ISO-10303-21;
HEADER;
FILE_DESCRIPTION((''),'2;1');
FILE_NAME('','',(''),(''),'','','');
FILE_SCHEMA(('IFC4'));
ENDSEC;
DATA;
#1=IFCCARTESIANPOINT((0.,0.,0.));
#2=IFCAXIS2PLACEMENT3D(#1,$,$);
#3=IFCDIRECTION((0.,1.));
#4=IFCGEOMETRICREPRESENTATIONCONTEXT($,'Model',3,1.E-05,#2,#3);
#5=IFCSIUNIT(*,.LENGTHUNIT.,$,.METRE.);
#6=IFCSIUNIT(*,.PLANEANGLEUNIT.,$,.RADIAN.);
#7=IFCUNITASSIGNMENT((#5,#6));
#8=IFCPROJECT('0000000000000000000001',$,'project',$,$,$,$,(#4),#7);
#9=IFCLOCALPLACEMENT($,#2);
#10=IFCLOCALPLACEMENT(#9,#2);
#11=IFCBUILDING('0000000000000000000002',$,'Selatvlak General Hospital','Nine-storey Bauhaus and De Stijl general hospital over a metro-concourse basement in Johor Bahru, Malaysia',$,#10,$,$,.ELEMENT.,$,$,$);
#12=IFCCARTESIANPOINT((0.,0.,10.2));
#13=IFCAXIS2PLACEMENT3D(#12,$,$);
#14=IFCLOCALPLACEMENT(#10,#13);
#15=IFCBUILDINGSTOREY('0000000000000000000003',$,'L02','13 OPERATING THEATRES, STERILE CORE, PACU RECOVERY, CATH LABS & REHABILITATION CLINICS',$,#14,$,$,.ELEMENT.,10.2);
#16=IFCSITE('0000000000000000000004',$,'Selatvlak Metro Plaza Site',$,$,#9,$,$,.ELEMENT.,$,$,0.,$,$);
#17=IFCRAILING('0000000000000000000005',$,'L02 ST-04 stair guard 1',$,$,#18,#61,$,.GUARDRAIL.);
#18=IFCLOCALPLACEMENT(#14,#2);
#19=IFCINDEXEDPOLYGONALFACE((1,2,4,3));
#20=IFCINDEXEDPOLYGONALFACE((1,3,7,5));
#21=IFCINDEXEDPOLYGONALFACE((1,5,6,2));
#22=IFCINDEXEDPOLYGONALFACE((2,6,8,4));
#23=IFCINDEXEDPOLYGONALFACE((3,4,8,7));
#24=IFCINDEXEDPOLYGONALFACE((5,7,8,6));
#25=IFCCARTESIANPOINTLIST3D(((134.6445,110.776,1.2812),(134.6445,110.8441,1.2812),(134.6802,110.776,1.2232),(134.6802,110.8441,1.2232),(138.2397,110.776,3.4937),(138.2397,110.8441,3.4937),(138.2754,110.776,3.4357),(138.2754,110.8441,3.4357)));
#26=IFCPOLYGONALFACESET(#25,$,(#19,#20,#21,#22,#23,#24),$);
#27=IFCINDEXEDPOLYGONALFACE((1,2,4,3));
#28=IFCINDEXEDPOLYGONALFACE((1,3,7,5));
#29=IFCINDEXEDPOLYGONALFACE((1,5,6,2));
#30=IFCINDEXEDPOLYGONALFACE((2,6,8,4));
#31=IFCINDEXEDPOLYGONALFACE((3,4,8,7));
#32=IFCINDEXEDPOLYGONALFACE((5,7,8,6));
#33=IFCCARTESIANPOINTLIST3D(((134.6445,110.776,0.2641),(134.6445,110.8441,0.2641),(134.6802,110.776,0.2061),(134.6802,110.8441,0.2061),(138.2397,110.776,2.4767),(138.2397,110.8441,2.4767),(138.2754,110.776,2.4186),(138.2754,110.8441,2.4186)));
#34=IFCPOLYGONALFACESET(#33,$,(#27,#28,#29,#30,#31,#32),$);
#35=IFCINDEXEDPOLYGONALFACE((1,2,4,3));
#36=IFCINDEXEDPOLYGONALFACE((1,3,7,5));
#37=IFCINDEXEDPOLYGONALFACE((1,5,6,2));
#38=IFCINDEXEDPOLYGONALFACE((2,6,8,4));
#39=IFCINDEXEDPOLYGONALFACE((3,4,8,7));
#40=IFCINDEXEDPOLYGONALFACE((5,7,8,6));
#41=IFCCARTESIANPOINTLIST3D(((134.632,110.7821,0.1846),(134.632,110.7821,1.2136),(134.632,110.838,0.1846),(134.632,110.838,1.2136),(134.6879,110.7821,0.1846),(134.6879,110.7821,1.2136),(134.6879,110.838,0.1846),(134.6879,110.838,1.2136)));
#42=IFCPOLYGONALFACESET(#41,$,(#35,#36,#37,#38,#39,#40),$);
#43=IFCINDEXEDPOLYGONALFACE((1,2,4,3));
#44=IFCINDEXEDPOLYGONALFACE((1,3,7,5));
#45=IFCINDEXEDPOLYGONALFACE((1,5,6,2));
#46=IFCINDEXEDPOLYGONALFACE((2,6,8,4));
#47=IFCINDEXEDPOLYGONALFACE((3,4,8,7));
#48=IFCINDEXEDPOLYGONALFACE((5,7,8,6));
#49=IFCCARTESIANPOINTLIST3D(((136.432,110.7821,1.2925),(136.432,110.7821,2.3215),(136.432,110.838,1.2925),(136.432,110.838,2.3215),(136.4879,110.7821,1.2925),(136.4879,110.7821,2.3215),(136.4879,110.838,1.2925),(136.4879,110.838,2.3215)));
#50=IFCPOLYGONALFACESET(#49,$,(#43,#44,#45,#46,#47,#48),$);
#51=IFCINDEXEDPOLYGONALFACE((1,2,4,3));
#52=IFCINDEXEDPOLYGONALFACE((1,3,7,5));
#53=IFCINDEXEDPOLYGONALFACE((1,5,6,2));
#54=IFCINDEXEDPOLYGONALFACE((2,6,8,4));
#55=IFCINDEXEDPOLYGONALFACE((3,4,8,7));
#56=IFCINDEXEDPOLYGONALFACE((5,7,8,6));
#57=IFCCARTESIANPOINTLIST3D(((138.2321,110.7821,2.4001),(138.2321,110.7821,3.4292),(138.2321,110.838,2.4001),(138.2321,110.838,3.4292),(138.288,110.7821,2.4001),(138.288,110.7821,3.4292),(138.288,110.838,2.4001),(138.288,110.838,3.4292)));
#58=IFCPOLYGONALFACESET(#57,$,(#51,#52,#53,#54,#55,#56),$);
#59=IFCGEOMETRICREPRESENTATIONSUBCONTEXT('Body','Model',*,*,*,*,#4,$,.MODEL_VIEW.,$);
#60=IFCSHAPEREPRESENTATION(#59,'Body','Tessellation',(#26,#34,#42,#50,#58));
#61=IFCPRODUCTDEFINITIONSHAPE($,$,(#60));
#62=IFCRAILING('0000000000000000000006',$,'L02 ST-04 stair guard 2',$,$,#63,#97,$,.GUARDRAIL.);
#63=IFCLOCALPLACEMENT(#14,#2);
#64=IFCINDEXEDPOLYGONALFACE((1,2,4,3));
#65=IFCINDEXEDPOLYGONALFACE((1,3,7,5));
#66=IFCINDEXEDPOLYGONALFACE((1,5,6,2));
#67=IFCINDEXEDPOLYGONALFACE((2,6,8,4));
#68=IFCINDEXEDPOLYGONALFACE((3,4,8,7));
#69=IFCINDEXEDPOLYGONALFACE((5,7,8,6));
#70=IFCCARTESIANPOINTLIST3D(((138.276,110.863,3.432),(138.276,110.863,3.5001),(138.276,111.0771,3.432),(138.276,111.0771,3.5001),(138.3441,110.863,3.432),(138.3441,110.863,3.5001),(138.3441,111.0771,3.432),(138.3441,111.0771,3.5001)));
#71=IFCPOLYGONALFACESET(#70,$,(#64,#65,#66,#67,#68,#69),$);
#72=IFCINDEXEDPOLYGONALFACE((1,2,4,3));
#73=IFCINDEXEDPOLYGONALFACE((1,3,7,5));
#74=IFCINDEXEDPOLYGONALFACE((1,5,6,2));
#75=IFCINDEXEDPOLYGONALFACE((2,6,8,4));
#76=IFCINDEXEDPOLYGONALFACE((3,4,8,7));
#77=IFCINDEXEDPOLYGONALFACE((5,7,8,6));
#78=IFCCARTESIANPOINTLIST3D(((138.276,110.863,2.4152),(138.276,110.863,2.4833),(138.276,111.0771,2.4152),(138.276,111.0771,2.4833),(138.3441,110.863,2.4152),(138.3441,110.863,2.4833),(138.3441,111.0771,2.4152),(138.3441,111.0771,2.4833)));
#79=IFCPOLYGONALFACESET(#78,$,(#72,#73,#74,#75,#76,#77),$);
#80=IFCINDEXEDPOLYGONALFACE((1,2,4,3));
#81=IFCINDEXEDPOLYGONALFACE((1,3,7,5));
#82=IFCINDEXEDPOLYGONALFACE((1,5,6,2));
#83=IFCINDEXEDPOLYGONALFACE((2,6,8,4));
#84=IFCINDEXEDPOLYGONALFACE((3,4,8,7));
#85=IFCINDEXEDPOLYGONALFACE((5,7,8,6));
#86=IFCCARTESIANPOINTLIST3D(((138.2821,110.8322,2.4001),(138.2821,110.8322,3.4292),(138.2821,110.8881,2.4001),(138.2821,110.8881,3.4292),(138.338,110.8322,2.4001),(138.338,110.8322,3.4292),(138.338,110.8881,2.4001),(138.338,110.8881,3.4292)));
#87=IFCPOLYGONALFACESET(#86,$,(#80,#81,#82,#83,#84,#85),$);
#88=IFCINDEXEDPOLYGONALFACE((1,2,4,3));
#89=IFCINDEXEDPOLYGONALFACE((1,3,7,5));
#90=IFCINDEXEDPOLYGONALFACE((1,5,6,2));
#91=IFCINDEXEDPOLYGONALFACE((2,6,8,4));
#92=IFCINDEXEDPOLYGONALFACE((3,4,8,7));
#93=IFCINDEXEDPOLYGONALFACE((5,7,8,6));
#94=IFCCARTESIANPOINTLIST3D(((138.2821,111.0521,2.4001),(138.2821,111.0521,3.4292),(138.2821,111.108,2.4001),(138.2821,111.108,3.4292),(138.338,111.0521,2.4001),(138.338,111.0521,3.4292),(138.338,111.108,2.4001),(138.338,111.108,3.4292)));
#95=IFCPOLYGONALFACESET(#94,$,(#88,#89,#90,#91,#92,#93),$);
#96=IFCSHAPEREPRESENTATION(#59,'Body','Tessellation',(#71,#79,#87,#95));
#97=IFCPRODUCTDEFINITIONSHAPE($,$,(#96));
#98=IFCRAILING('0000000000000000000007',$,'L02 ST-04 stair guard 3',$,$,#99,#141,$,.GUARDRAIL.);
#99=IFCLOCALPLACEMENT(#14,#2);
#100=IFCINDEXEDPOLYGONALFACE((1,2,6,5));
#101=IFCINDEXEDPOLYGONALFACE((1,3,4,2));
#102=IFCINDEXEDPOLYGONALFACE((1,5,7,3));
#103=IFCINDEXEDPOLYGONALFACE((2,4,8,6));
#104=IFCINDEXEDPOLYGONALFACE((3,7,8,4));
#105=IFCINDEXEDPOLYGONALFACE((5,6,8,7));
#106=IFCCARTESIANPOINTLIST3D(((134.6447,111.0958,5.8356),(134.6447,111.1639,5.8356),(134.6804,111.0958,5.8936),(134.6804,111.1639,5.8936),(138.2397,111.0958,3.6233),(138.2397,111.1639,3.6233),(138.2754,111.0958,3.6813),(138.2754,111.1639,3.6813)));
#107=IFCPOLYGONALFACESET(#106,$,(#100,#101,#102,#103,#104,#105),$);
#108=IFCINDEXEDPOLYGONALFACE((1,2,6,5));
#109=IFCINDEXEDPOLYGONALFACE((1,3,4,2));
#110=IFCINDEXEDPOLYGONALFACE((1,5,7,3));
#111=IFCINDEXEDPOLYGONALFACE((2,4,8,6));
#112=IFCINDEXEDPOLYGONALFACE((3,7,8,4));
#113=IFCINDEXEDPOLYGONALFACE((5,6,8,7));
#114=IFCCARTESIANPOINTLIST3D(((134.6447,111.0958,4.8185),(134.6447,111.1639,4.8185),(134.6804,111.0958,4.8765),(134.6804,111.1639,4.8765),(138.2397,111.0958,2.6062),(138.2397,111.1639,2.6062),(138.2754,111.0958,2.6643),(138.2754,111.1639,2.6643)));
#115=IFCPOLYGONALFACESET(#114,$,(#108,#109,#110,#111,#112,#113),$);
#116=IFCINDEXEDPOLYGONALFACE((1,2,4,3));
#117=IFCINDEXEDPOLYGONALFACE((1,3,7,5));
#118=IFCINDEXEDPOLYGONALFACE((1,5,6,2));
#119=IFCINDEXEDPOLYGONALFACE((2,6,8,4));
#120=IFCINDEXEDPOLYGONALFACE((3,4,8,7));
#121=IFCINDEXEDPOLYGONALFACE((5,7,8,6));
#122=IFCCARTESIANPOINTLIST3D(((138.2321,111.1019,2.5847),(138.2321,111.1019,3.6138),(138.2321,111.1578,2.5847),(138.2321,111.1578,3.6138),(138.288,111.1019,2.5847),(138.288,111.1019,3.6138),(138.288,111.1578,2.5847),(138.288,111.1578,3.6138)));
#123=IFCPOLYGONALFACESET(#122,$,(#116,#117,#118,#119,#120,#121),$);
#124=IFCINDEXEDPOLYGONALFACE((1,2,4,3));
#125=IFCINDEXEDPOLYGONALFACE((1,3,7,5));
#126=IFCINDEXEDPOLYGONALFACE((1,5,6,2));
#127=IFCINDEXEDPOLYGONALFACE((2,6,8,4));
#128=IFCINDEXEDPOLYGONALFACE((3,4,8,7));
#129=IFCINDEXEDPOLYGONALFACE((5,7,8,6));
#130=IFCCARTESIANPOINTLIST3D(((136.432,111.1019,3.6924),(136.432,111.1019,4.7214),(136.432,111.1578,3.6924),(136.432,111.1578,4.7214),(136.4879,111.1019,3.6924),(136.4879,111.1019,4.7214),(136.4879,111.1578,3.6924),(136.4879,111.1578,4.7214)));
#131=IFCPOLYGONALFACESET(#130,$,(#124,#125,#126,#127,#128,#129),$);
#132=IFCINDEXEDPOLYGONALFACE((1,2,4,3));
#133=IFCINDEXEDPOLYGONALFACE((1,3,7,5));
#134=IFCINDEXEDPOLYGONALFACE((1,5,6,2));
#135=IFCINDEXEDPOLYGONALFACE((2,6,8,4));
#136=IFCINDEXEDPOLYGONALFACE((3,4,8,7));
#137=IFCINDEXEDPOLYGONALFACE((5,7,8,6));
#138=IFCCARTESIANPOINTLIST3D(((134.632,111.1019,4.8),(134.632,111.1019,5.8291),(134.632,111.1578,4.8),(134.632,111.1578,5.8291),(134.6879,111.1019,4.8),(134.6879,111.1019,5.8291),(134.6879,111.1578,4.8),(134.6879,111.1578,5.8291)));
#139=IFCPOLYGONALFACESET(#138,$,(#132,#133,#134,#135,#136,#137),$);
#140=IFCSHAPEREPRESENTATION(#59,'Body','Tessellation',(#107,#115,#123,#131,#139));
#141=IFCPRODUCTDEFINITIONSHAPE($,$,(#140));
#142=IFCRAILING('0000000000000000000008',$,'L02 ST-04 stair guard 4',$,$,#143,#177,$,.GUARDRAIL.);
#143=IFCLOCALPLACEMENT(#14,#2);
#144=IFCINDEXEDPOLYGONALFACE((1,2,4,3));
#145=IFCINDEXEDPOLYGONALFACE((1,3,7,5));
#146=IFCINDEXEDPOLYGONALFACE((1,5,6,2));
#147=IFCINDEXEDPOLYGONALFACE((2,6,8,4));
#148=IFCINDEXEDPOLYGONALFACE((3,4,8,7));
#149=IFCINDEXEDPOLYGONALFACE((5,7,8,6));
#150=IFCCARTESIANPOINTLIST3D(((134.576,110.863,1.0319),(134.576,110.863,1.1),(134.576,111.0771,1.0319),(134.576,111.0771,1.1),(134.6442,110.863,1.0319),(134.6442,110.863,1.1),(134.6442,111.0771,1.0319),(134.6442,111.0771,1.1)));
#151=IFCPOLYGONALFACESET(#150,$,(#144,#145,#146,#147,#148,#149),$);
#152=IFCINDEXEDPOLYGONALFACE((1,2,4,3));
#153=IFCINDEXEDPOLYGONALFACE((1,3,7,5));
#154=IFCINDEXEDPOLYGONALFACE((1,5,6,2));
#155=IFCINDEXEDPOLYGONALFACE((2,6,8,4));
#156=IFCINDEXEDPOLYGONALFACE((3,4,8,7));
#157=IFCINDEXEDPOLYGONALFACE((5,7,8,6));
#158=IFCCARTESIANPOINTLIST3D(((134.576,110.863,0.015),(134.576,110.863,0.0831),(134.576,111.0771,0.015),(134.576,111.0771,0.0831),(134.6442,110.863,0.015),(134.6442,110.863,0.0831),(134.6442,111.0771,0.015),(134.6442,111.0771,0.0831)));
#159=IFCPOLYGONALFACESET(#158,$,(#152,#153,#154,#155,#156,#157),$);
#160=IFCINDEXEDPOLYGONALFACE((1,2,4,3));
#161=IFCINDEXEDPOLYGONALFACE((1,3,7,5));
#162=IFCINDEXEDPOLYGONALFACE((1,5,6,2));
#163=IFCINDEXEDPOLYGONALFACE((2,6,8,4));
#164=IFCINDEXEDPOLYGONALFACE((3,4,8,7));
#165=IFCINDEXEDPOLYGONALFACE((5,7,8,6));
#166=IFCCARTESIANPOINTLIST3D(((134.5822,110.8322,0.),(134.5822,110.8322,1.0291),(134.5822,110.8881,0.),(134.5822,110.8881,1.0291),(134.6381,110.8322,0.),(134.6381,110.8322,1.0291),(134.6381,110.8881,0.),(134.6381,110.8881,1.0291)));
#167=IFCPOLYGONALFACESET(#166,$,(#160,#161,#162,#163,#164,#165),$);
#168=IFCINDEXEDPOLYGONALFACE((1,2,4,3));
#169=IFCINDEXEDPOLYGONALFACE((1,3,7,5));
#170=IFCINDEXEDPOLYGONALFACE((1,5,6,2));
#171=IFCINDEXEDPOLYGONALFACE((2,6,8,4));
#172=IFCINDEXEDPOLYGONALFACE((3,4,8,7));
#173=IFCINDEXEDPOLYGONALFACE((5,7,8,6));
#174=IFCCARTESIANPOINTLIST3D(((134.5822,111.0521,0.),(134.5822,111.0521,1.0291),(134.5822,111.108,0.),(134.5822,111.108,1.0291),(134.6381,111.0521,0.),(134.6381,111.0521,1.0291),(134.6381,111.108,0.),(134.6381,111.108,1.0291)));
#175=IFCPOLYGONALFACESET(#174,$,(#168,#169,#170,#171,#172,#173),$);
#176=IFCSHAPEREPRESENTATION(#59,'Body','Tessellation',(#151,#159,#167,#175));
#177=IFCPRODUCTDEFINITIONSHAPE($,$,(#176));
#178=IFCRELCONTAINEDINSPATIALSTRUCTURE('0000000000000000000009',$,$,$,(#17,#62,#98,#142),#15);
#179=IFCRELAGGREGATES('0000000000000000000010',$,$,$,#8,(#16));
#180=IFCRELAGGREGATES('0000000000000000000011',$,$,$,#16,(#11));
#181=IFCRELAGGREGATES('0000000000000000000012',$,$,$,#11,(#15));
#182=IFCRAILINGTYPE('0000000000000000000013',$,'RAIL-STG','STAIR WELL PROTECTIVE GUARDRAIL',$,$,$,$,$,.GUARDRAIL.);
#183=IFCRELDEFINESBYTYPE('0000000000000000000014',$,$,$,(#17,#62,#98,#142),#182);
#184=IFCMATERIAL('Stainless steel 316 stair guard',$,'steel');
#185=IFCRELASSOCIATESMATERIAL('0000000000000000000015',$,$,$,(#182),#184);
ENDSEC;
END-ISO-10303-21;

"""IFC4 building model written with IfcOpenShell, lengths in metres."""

from ifc_helpers import new_model, si_unit, direction, frame, origin, origin_2d, place, context, subcontext, project, spatial, rectangle, extrude, material, type_object, element, save


model = new_model("IFC4")

# Units and contexts
model_context = context("Model", 3, precision=1e-05, world=origin(), true_north=direction((0.0, 1.0)))
body_context = subcontext(model_context, "Body", "Model", "MODEL_VIEW")
ifc_project = project(units=[si_unit("LENGTHUNIT", "METRE"), si_unit("PLANEANGLEUNIT", "RADIAN")], contexts=[model_context])

# Site, building, storey
site_placement = place(None, origin())
site = spatial("IfcSite", under=ifc_project, at=site_placement, Name="Selatvlak Metro Plaza Site", CompositionType="ELEMENT", RefElevation=0.0)
building_placement = place(site_placement, origin())
building = spatial("IfcBuilding", under=site, at=building_placement, Name="Selatvlak General Hospital", Description="Nine-storey Bauhaus and De Stijl general hospital over a metro-concourse basement in Johor Bahru, Malaysia", CompositionType="ELEMENT")
storey_placement = place(building_placement, frame((0.0, 0.0, 10.2)))
storey = spatial("IfcBuildingStorey", under=building, at=storey_placement, Name="L02", Description="13 OPERATING THEATRES, STERILE CORE, PACU RECOVERY, CATH LABS & REHABILITATION CLINICS", CompositionType="ELEMENT", Elevation=10.2)

# Railings
ifc_material_1 = material(Name="Stainless steel 316 stair guard", Category="steel")
railing_type_1 = type_object("IfcRailingType", Name="RAIL-STG", Description="STAIR WELL PROTECTIVE GUARDRAIL", PredefinedType="GUARDRAIL", material=ifc_material_1)
railing_1_placement = place(storey_placement, frame((134.6599, 110.8101, 0.1846)))
element("IfcRailing", 1, at=railing_1_placement, inside=storey, type_object=railing_type_1, Name="L02 ST-04 stair guard 1", PredefinedType="GUARDRAIL", context=body_context, shape_type="SweptSolid", body=[
    extrude(rectangle(XDim=0.0681, YDim=0.0681, at=origin_2d()), frame((0.0024, 0.0, 1.0676), z_axis=(0.851644, 0.0, 0.52412), x_axis=(0.0, 1.0, 0.0)), (0.0, 0.0, 1.0), 4.2214),
    extrude(rectangle(XDim=0.0681, YDim=0.0681, at=origin_2d()), frame((0.0024, 0.0, 0.0505), z_axis=(0.851644, 0.0, 0.52412), x_axis=(0.0, 1.0, 0.0)), (0.0, 0.0, 1.0), 4.2214),
    extrude(rectangle(XDim=0.0559, YDim=0.0559, at=origin_2d()), origin(), (0.0, 0.0, 1.0), 1.0291),
    extrude(rectangle(XDim=0.0559, YDim=0.0559, at=origin_2d()), frame((1.8, 0.0, 1.1079)), (0.0, 0.0, 1.0), 1.0291),
    extrude(rectangle(XDim=0.0559, YDim=0.0559, at=origin_2d()), frame((3.6001, 0.0, 2.2156)), (0.0, 0.0, 1.0), 1.0291),
])
railing_2_placement = place(storey_placement, frame((138.3101, 110.8601, 2.4001)))
element("IfcRailing", 2, at=railing_2_placement, inside=storey, type_object=railing_type_1, Name="L02 ST-04 stair guard 2", PredefinedType="GUARDRAIL", context=body_context, shape_type="SweptSolid", body=[
    extrude(rectangle(XDim=0.0681, YDim=0.0681, at=origin_2d()), frame((0.0, 0.0029, 1.0659), z_axis=(0.0, 1.0, 0.0), x_axis=(-1.0, 0.0, 0.0)), (0.0, 0.0, 1.0), 0.2141),
    extrude(rectangle(XDim=0.0681, YDim=0.0681, at=origin_2d()), frame((0.0, 0.0029, 0.0491), z_axis=(0.0, 1.0, 0.0), x_axis=(-1.0, 0.0, 0.0)), (0.0, 0.0, 1.0), 0.2141),
    extrude(rectangle(XDim=0.0559, YDim=0.0559, at=origin_2d()), origin(), (0.0, 0.0, 1.0), 1.0291),
    extrude(rectangle(XDim=0.0559, YDim=0.0559, at=origin_2d()), frame((0.0, 0.22, 0.0)), (0.0, 0.0, 1.0), 1.0291),
])
railing_3_placement = place(storey_placement, frame((138.26, 111.1299, 2.5847)))
element("IfcRailing", 3, at=railing_3_placement, inside=storey, type_object=railing_type_1, Name="L02 ST-04 stair guard 3", PredefinedType="GUARDRAIL", context=body_context, shape_type="SweptSolid", body=[
    extrude(rectangle(XDim=0.0681, YDim=0.0681, at=origin_2d()), frame((-0.0024, 0.0, 1.0676), z_axis=(-0.85167, 0.0, 0.524078), x_axis=(0.0, -1.0, 0.0)), (0.0, 0.0, 1.0), 4.2212),
    extrude(rectangle(XDim=0.0681, YDim=0.0681, at=origin_2d()), frame((-0.0024, 0.0, 0.0505), z_axis=(-0.85167, 0.0, 0.524078), x_axis=(0.0, -1.0, 0.0)), (0.0, 0.0, 1.0), 4.2212),
    extrude(rectangle(XDim=0.0559, YDim=0.0559, at=origin_2d()), origin(), (0.0, 0.0, 1.0), 1.0291),
    extrude(rectangle(XDim=0.0559, YDim=0.0559, at=origin_2d()), frame((-1.8, 0.0, 1.1077)), (0.0, 0.0, 1.0), 1.0291),
    extrude(rectangle(XDim=0.0559, YDim=0.0559, at=origin_2d()), frame((-3.6001, 0.0, 2.2153)), (0.0, 0.0, 1.0), 1.0291),
])
railing_4_placement = place(storey_placement, frame((134.6101, 110.8601, 0.0)))
element("IfcRailing", 4, at=railing_4_placement, inside=storey, type_object=railing_type_1, Name="L02 ST-04 stair guard 4", PredefinedType="GUARDRAIL", context=body_context, shape_type="SweptSolid", body=[
    extrude(rectangle(XDim=0.0681, YDim=0.0681, at=origin_2d()), frame((0.0, 0.0029, 1.0659), z_axis=(0.0, 1.0, 0.0), x_axis=(-1.0, 0.0, 0.0)), (0.0, 0.0, 1.0), 0.2141),
    extrude(rectangle(XDim=0.0681, YDim=0.0681, at=origin_2d()), frame((0.0, 0.0029, 0.0491), z_axis=(0.0, 1.0, 0.0), x_axis=(-1.0, 0.0, 0.0)), (0.0, 0.0, 1.0), 0.2141),
    extrude(rectangle(XDim=0.0559, YDim=0.0559, at=origin_2d()), origin(), (0.0, 0.0, 1.0), 1.0291),
    extrude(rectangle(XDim=0.0559, YDim=0.0559, at=origin_2d()), frame((0.0, 0.22, 0.0)), (0.0, 0.0, 1.0), 1.0291),
])

save(model, "model.ifc")
